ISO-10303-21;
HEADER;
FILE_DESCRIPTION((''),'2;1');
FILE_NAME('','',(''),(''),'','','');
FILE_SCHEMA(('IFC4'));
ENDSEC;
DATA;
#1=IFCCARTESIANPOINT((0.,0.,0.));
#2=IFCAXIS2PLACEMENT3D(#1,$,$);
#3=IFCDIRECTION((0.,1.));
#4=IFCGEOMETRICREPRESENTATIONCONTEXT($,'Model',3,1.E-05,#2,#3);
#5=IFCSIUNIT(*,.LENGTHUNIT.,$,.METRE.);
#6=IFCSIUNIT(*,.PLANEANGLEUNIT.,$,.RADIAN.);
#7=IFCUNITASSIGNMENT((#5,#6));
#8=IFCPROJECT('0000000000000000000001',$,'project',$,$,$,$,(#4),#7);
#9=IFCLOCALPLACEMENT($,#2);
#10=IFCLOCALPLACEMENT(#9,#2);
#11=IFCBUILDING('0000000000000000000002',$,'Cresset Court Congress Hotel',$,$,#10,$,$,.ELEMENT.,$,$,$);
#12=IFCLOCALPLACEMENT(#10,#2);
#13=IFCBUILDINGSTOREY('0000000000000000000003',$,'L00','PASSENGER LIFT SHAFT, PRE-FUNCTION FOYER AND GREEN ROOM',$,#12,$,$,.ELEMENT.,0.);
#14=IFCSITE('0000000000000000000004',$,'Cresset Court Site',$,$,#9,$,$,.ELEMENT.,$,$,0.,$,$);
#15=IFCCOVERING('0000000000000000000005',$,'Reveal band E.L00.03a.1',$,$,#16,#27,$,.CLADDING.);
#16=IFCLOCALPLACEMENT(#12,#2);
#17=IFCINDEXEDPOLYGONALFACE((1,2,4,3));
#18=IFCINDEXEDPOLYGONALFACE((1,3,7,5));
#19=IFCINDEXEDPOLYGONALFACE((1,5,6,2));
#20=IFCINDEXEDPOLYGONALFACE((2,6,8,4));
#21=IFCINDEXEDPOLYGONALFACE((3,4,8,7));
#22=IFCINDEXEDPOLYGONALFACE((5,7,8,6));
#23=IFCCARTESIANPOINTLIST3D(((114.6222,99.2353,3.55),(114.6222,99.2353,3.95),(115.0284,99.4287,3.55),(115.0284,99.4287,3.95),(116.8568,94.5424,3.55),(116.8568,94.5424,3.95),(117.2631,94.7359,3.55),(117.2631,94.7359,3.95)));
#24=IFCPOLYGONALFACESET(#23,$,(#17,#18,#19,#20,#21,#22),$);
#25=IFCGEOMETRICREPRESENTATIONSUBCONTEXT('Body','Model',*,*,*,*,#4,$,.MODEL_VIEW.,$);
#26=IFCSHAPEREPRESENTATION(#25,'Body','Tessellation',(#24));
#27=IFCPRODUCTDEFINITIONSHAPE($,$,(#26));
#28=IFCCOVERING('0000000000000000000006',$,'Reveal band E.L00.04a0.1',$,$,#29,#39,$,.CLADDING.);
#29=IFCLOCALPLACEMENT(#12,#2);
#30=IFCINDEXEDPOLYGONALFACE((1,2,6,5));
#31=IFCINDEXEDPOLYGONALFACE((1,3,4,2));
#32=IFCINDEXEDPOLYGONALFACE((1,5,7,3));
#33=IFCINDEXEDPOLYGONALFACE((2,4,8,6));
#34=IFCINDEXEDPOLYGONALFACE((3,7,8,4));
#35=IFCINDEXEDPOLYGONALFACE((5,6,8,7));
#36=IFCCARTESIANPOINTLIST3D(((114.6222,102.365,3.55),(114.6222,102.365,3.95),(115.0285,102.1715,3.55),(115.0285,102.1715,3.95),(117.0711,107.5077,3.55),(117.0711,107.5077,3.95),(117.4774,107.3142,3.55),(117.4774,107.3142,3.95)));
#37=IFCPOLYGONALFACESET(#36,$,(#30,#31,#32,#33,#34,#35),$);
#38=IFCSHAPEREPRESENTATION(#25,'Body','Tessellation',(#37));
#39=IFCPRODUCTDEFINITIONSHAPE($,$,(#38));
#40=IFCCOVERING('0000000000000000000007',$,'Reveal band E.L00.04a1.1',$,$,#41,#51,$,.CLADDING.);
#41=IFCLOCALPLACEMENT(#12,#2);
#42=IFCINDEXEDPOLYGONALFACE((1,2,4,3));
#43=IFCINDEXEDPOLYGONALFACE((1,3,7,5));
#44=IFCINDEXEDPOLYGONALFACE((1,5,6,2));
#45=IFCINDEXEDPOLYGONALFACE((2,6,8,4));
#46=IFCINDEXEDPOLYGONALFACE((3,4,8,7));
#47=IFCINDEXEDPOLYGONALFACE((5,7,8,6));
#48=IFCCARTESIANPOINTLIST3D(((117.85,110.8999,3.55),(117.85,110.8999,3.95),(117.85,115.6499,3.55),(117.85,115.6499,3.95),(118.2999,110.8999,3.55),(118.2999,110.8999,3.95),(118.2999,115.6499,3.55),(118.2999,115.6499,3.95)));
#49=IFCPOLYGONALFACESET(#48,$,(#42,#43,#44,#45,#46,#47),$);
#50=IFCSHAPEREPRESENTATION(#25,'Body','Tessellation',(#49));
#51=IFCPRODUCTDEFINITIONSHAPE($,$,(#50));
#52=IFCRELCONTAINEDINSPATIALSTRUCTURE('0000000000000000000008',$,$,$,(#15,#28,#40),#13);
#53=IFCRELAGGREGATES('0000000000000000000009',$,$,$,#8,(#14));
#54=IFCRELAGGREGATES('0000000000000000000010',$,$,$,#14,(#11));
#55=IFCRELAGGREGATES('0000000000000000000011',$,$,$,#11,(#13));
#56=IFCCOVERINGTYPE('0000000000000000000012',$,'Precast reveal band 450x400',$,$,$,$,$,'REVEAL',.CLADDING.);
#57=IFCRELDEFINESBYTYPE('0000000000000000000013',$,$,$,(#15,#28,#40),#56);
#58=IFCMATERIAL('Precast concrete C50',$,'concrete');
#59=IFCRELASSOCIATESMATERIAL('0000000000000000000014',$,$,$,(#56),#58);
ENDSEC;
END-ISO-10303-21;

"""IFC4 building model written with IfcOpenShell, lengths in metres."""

from ifc_helpers import new_model, si_unit, direction, frame, origin, origin_2d, place, context, subcontext, project, spatial, rectangle, extrude, material, type_object, element, save


model = new_model("IFC4")

# Units and contexts
model_context = context("Model", 3, precision=1e-05, world=origin(), true_north=direction((0.0, 1.0)))
body_context = subcontext(model_context, "Body", "Model", "MODEL_VIEW")
ifc_project = project(units=[si_unit("LENGTHUNIT", "METRE"), si_unit("PLANEANGLEUNIT", "RADIAN")], contexts=[model_context])

# Site, building, storey
site_placement = place(None, origin())
site = spatial("IfcSite", under=ifc_project, at=site_placement, Name="Cresset Court Site", CompositionType="ELEMENT", RefElevation=0.0)
building_placement = place(site_placement, origin())
building = spatial("IfcBuilding", under=site, at=building_placement, Name="Cresset Court Congress Hotel", CompositionType="ELEMENT")
storey_placement = place(building_placement, origin())
storey = spatial("IfcBuildingStorey", under=building, at=storey_placement, Name="L00", Description="PASSENGER LIFT SHAFT, PRE-FUNCTION FOYER AND GREEN ROOM", CompositionType="ELEMENT", Elevation=0.0)

# Coverings
ifc_material_1 = material(Name="Precast concrete C50", Category="concrete")
covering_type = type_object("IfcCoveringType", Name="Precast reveal band 450x400", ElementType="REVEAL", PredefinedType="CLADDING", material=ifc_material_1)
covering_1_placement = place(storey_placement, frame((115.9426, 96.9856, 3.55), z_axis=(0.0, 0.0, 1.0), x_axis=(0.429933, -0.902861, 0.0)))
element("IfcCovering", 1, at=covering_1_placement, inside=storey, type_object=covering_type, Name="Reveal band E.L00.03a.1", PredefinedType="CLADDING", context=body_context, shape_type="SweptSolid", body=[
    extrude(rectangle(XDim=5.1978, YDim=0.45, at=origin_2d()), origin(), (0.0, 0.0, 1.0), 0.3999),
])
covering_2_placement = place(storey_placement, frame((116.0498, 104.8396, 3.55), z_axis=(0.0, 0.0, 1.0), x_axis=(-0.429933, -0.902861, 0.0)))
element("IfcCovering", 2, at=covering_2_placement, inside=storey, type_object=covering_type, Name="Reveal band E.L00.04a0.1", PredefinedType="CLADDING", context=body_context, shape_type="SweptSolid", body=[
    extrude(rectangle(XDim=5.696, YDim=0.45, at=origin_2d()), origin(), (0.0, 0.0, 1.0), 0.3999),
])
covering_3_placement = place(storey_placement, frame((118.075, 113.2749, 3.55), z_axis=(0.0, 0.0, 1.0), x_axis=(0.0, -1.0, 0.0)))
element("IfcCovering", 3, at=covering_3_placement, inside=storey, type_object=covering_type, Name="Reveal band E.L00.04a1.1", PredefinedType="CLADDING", context=body_context, shape_type="SweptSolid", body=[
    extrude(rectangle(XDim=4.75, YDim=0.45, at=origin_2d()), origin(), (0.0, 0.0, 1.0), 0.3999),
])

save(model, "model.ifc")
